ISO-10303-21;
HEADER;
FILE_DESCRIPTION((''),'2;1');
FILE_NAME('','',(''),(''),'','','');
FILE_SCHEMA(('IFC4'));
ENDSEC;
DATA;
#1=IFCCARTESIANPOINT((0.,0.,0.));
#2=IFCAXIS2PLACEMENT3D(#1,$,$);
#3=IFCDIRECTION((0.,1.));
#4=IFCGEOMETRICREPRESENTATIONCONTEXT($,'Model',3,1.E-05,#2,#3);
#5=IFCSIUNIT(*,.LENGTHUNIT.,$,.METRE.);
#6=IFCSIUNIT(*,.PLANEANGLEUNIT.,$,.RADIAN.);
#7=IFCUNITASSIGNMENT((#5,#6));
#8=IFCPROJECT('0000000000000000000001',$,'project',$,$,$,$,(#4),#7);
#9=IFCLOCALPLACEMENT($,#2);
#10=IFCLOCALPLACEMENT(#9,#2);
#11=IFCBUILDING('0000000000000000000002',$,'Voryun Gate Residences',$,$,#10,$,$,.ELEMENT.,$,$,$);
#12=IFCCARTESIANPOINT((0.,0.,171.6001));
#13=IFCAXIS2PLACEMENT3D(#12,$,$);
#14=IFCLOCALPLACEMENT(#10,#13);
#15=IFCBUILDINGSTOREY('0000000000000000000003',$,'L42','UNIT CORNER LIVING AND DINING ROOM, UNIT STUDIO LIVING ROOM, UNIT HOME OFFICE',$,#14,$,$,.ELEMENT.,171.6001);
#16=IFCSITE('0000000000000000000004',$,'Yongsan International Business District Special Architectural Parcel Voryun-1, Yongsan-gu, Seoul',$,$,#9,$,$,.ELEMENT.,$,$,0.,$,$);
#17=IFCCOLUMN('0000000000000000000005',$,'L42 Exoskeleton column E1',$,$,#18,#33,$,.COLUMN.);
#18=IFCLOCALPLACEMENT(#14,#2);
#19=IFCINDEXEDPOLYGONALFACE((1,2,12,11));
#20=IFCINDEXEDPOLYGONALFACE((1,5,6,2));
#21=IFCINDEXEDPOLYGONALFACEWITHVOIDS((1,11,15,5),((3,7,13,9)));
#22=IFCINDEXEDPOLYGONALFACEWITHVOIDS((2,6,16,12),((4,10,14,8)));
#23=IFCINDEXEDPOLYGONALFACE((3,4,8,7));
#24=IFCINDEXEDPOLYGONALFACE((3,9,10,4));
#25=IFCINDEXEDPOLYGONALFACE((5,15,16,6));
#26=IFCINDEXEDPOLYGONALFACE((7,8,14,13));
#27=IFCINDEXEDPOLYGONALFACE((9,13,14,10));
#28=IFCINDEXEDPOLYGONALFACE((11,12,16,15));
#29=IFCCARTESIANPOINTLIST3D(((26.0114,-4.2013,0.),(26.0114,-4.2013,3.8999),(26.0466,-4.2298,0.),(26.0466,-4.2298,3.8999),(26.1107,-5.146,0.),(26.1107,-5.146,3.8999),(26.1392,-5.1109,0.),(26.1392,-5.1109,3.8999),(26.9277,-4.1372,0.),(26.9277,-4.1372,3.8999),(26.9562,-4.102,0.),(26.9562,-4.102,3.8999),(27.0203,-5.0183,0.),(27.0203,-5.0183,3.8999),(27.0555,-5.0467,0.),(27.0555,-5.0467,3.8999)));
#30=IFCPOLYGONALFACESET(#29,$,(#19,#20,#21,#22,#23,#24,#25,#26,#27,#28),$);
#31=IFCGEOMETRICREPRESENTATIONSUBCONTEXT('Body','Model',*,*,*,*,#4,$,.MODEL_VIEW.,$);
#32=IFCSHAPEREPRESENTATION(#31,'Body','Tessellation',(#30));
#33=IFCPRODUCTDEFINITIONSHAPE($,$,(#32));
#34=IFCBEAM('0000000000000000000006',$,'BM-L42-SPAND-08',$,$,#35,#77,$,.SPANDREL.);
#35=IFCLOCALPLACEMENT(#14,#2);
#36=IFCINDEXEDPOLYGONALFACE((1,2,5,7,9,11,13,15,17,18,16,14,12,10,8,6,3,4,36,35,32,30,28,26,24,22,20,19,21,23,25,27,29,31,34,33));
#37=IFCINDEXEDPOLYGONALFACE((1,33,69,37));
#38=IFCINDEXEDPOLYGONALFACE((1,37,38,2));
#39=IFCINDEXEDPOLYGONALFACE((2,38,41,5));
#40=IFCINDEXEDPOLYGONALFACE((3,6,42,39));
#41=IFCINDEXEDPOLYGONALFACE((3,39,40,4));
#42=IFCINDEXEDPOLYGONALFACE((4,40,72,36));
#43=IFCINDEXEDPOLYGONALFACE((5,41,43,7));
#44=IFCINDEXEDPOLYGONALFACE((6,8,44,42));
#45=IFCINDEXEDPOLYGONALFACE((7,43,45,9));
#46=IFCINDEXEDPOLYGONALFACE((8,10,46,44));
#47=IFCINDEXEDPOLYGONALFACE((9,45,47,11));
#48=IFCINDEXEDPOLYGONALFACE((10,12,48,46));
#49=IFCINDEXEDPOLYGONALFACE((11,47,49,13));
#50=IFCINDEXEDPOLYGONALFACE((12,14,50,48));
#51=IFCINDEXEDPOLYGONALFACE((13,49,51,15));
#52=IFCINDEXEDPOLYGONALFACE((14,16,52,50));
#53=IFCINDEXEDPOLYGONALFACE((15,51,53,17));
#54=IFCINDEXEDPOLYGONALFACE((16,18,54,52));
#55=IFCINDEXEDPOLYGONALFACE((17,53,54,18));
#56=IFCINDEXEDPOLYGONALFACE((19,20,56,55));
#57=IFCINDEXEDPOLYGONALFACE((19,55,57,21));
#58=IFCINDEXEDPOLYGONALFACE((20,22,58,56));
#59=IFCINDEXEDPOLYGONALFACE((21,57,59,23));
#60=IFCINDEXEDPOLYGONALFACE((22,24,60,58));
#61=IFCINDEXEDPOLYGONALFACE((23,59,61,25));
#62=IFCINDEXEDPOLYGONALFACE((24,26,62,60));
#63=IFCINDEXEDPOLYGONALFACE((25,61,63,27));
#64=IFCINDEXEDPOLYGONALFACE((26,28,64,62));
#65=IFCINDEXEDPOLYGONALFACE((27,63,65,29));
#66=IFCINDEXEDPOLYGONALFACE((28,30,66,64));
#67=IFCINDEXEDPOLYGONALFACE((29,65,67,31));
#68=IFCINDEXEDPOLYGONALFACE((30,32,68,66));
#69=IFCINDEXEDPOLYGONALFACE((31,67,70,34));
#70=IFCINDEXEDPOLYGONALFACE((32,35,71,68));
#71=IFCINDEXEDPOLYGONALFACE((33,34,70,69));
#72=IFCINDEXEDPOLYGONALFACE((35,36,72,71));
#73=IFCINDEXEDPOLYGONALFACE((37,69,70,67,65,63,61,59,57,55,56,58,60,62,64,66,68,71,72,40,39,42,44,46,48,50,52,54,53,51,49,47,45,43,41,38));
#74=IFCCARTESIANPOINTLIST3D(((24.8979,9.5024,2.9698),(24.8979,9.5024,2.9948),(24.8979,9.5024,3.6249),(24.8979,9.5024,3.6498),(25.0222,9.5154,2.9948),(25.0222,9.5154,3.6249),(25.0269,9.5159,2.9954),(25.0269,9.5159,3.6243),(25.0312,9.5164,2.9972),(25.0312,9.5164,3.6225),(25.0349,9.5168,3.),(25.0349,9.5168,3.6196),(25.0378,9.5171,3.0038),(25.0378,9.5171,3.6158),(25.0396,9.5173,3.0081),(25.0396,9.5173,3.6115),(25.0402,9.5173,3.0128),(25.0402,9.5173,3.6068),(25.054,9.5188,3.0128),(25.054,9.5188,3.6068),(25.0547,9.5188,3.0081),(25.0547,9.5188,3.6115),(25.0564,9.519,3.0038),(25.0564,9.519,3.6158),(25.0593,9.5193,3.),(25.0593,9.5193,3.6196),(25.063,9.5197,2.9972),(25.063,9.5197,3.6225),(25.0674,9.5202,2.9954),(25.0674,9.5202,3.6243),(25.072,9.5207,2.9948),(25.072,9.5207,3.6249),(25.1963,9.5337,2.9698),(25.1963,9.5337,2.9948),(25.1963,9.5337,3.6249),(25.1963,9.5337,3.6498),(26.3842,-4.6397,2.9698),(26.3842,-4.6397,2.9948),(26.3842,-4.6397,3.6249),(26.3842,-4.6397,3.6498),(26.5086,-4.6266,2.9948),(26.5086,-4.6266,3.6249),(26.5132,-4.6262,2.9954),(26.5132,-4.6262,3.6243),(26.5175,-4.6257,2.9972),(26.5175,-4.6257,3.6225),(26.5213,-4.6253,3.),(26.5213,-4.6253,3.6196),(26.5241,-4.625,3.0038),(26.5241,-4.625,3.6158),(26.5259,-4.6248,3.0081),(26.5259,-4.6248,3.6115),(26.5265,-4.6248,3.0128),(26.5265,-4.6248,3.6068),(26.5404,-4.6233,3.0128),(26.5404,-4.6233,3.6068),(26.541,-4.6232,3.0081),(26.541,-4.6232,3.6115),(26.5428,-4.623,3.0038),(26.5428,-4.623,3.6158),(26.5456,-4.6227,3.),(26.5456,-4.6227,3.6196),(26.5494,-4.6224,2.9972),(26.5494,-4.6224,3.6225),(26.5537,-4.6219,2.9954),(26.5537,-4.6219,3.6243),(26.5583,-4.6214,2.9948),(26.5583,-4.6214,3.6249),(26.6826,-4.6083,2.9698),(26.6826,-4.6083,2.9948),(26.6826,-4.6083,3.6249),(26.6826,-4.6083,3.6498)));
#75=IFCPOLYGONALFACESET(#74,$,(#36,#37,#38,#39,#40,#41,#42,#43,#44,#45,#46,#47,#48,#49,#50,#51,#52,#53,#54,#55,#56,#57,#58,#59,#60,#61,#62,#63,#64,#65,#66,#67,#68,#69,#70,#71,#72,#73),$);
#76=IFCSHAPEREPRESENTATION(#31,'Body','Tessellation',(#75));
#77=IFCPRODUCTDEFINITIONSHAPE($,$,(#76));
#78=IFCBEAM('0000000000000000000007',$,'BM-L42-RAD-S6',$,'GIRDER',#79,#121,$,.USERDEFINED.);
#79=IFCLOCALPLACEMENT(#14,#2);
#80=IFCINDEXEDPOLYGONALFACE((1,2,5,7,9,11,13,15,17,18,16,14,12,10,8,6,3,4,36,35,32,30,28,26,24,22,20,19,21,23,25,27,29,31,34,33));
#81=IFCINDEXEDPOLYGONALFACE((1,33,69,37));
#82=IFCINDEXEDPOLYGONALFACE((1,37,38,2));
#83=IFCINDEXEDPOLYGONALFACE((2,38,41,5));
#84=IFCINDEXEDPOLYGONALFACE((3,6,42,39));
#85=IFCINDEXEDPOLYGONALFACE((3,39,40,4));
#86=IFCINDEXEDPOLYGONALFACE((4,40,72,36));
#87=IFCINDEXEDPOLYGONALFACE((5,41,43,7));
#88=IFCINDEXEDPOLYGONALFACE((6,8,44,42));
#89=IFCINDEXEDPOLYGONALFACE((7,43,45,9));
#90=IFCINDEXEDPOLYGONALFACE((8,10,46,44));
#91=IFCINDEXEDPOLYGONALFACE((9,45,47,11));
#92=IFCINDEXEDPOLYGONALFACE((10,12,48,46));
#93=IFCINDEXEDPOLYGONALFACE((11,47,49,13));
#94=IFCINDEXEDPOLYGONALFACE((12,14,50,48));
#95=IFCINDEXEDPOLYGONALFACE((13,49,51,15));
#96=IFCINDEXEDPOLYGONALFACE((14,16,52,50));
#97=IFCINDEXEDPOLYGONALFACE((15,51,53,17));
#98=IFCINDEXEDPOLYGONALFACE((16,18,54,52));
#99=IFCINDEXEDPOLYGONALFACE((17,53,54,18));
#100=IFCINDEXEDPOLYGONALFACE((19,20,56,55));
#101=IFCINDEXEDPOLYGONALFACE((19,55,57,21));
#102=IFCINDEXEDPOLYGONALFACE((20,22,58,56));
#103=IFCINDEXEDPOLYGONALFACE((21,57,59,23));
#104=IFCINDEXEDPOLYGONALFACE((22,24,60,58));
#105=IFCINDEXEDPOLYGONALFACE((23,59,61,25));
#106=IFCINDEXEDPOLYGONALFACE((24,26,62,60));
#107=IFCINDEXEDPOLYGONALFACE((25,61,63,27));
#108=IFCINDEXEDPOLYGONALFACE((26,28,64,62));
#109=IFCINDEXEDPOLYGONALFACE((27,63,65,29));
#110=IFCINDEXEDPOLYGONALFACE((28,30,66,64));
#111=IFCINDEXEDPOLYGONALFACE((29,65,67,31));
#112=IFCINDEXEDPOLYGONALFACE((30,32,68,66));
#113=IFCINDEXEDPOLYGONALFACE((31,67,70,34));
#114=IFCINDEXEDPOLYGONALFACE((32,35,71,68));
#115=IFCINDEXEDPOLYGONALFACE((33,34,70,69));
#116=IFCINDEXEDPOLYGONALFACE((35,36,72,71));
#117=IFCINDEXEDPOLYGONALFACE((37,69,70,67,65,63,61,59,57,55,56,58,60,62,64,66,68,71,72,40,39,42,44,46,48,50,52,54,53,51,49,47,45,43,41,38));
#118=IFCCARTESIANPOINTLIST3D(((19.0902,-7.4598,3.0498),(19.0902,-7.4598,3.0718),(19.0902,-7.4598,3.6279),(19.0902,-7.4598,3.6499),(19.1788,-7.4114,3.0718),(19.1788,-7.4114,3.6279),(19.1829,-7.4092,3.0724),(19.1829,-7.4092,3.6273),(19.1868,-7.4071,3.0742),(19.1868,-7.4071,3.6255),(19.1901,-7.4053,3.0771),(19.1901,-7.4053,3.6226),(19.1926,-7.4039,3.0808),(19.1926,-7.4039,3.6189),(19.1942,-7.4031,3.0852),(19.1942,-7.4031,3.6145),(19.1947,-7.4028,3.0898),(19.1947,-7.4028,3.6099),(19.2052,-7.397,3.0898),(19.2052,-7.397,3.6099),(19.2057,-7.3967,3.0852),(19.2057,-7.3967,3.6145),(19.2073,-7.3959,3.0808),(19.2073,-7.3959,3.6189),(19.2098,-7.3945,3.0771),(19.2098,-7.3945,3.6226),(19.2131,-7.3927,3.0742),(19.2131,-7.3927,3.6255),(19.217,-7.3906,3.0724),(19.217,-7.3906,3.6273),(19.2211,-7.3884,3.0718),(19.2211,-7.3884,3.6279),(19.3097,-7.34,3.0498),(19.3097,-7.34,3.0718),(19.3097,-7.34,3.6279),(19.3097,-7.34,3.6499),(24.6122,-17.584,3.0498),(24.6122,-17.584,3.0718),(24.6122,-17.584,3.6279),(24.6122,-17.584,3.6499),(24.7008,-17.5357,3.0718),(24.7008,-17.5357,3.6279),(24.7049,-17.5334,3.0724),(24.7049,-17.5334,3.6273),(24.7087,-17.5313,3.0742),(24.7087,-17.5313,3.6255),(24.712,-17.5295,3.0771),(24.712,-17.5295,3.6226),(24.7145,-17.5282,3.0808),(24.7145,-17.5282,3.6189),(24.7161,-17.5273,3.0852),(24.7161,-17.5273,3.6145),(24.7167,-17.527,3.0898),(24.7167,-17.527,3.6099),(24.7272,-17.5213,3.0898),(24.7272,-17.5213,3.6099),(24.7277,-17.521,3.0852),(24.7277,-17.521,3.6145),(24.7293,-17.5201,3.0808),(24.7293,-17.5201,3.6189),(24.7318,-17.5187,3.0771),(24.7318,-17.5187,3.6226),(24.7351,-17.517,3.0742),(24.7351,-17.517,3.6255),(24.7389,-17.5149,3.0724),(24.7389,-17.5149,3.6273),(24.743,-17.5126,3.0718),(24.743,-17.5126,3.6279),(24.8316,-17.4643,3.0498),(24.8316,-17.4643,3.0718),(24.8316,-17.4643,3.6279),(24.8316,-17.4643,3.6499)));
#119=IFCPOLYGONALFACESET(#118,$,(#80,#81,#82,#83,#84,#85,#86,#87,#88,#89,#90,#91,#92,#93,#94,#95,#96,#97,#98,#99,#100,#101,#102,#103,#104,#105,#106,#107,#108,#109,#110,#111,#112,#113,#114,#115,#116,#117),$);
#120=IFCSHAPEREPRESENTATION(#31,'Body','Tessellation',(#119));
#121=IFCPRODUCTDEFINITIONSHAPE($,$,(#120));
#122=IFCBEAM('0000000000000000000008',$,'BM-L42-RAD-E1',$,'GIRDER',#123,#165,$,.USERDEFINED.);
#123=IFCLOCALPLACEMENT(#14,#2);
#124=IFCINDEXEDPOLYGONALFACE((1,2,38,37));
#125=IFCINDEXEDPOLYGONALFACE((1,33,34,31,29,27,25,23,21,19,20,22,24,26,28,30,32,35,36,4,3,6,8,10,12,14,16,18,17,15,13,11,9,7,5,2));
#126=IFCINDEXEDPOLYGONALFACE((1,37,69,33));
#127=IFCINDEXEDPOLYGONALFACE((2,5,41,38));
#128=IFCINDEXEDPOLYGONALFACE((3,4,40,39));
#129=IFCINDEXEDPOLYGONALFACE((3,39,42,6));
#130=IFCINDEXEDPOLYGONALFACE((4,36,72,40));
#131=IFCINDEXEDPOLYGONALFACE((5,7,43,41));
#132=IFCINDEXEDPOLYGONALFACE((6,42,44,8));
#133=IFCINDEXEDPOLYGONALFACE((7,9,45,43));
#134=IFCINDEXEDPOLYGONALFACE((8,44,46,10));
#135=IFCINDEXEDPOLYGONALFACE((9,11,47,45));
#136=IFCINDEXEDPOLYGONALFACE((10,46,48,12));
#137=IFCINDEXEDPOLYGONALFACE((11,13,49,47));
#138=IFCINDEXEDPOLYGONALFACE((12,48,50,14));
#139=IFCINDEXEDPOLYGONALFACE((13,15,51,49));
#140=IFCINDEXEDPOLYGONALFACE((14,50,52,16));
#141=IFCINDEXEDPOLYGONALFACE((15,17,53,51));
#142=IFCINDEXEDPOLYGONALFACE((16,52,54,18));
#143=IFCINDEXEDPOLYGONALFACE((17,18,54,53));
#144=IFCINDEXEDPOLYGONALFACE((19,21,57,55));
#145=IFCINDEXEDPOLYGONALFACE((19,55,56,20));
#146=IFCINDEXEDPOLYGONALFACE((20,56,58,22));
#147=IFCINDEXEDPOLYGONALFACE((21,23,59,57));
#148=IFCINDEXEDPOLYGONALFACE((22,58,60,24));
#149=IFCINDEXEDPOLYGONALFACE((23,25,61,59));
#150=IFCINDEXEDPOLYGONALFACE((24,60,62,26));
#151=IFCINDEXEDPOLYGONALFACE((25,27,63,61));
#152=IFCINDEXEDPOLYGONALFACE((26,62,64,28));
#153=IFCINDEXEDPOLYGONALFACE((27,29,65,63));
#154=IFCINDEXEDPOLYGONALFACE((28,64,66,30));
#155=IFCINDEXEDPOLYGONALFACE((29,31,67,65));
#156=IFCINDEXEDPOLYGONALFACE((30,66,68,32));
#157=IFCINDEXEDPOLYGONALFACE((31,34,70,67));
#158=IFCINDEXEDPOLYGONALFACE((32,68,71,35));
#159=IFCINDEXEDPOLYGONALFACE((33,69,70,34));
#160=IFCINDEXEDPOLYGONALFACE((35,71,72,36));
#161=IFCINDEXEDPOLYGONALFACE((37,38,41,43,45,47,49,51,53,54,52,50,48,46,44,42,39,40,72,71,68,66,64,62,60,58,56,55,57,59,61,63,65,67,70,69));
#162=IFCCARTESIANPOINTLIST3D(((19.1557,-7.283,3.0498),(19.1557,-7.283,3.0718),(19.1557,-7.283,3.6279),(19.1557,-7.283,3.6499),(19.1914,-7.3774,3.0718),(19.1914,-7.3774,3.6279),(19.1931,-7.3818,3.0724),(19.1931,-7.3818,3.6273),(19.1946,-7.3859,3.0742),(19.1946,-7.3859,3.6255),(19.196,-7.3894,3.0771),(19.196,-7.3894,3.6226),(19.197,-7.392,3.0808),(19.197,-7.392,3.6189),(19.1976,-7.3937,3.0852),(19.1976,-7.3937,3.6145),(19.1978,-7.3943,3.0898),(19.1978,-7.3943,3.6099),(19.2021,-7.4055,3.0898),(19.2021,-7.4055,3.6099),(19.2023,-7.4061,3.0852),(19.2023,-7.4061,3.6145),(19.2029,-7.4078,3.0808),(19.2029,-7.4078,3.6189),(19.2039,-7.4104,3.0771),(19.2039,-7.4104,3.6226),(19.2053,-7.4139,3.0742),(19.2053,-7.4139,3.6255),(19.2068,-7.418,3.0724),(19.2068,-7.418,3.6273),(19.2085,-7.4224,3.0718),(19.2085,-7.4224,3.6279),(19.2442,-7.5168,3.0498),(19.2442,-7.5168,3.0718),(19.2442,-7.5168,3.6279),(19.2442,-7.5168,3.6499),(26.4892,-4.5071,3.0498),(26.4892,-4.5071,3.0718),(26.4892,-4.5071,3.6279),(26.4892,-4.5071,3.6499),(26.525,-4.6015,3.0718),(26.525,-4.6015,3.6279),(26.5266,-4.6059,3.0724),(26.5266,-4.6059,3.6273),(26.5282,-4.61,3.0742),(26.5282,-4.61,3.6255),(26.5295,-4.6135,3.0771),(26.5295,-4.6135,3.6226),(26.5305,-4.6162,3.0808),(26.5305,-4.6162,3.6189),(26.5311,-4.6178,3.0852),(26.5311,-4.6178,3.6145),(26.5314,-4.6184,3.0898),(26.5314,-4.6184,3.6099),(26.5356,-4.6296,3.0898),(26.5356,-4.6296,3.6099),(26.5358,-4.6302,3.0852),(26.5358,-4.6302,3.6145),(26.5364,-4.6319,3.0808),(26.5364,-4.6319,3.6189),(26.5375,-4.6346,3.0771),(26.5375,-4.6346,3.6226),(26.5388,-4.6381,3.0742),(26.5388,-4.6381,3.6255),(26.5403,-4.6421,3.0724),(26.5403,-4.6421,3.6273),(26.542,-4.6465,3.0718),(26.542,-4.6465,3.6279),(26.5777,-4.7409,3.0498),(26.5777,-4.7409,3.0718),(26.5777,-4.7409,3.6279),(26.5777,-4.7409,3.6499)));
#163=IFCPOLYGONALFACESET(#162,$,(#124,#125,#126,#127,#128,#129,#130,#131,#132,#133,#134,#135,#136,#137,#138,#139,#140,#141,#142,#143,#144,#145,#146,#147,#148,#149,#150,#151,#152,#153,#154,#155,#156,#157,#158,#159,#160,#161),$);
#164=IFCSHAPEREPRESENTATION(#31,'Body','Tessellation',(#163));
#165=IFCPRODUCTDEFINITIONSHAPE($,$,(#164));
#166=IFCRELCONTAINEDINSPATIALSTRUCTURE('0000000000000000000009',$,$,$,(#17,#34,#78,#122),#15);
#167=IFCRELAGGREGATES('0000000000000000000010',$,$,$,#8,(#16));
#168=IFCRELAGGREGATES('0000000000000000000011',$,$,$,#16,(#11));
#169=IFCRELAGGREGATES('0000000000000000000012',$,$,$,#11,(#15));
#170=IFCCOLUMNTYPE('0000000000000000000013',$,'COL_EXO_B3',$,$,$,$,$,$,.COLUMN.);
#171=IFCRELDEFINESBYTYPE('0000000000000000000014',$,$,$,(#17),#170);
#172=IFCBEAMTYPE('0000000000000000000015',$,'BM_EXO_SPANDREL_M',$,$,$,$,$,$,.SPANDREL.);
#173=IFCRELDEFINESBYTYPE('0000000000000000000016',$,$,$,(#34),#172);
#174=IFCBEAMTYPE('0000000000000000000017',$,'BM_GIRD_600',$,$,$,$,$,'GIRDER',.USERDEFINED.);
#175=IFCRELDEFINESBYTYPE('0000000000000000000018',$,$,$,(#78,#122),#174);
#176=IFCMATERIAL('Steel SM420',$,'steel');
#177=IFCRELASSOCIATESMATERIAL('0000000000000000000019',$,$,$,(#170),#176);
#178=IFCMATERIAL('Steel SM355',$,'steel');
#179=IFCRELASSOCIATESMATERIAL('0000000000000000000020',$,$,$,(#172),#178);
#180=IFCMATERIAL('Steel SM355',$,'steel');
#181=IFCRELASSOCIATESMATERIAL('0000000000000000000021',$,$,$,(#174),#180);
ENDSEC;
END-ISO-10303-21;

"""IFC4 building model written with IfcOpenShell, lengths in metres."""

from ifc_helpers import new_model, si_unit, direction, frame, origin, origin_2d, place, context, subcontext, project, spatial, hollow_rectangle, i_section, extrude, material, material_profile, profile_set, type_object, element, save


model = new_model("IFC4")

# Units and contexts
model_context = context("Model", 3, precision=1e-05, world=origin(), true_north=direction((0.0, 1.0)))
body_context = subcontext(model_context, "Body", "Model", "MODEL_VIEW")
ifc_project = project(units=[si_unit("LENGTHUNIT", "METRE"), si_unit("PLANEANGLEUNIT", "RADIAN")], contexts=[model_context])

# Site, building, storey
site_placement = place(None, origin())
site = spatial("IfcSite", under=ifc_project, at=site_placement, Name="Yongsan International Business District Special Architectural Parcel Voryun-1, Yongsan-gu, Seoul", CompositionType="ELEMENT", RefElevation=0.0)
building_placement = place(site_placement, origin())
building = spatial("IfcBuilding", under=site, at=building_placement, Name="Voryun Gate Residences", CompositionType="ELEMENT")
storey_placement = place(building_placement, frame((0.0, 0.0, 171.6001)))
storey = spatial("IfcBuildingStorey", under=building, at=storey_placement, Name="L42", Description="UNIT CORNER LIVING AND DINING ROOM, UNIT STUDIO LIVING ROOM, UNIT HOME OFFICE", CompositionType="ELEMENT", Elevation=171.6001)

# Column
ifc_material_1 = material(Name="Steel SM420", Category="steel")
ifc_material_profile_1 = material_profile(ifc_material_1, hollow_rectangle(XDim=0.95, YDim=0.95, WallThickness=0.032, at=origin_2d()), Name="BOX-950x950x32")
ifc_profile_set_1 = profile_set([ifc_material_profile_1], Name="Steel SM420")
column_type = type_object("IfcColumnType", Name="COL_EXO_B3", PredefinedType="COLUMN", material=ifc_profile_set_1)
column_placement = place(storey_placement, frame((26.5334, -4.624, 0.0), z_axis=(0.0, 0.0, 1.0), x_axis=(0.994522, 0.104528, 0.0)))
element("IfcColumn", 1, at=column_placement, inside=storey, type_object=column_type, Name="L42 Exoskeleton column E1", PredefinedType="COLUMN", context=body_context, shape_type="SweptSolid", body=[
    extrude(hollow_rectangle(XDim=0.95, YDim=0.95, WallThickness=0.032, at=origin_2d()), origin(), (0.0, 0.0, 1.0), 3.8999),
])

# Beams
ifc_material_2 = material(Name="Steel SM355", Category="steel")
ifc_material_profile_2 = material_profile(ifc_material_2, i_section(OverallWidth=0.3, OverallDepth=0.6799, WebThickness=0.0139, FlangeThickness=0.0249, FilletRadius=0.0181, at=origin_2d()), Name="H-680x300x14x25")
ifc_profile_set_2 = profile_set([ifc_material_profile_2], Name="Steel SM355")
beam_type_1 = type_object("IfcBeamType", Name="BM_EXO_SPANDREL_M", PredefinedType="SPANDREL", material=ifc_profile_set_2)
beam_1_placement = place(storey_placement, frame((26.5334, -4.624, 3.3098), z_axis=(-0.104524, 0.994522, 0.0), x_axis=(-0.994522, -0.104524, 0.0)))
element("IfcBeam", 2, at=beam_1_placement, inside=storey, type_object=beam_type_1, Name="BM-L42-SPAND-08", PredefinedType="SPANDREL", context=body_context, shape_type="SweptSolid", body=[
    extrude(i_section(OverallWidth=0.3, OverallDepth=0.6799, WebThickness=0.0139, FlangeThickness=0.0249, FilletRadius=0.0181, at=origin_2d()), origin(), (0.0, 0.0, 1.0), 14.22),
])
ifc_material_3 = material(Name="Steel SM355", Category="steel")
ifc_material_profile_3 = material_profile(ifc_material_3, i_section(OverallWidth=0.25, OverallDepth=0.6001, WebThickness=0.012, FlangeThickness=0.022, FilletRadius=0.0181, at=origin_2d()), Name="H-600x250x12x22")
ifc_profile_set_3 = profile_set([ifc_material_profile_3], Name="Steel SM355")
beam_type_2 = type_object("IfcBeamType", Name="BM_GIRD_600", ElementType="GIRDER", PredefinedType="USERDEFINED", material=ifc_profile_set_3)
beam_2_placement = place(storey_placement, frame((19.2, -7.3999, 3.3499), z_axis=(0.478828, -0.877909, 0.0), x_axis=(0.877909, 0.478828, 0.0)))
element("IfcBeam", 3, at=beam_2_placement, inside=storey, type_object=beam_type_2, Name="BM-L42-RAD-S6", ObjectType="GIRDER", PredefinedType="USERDEFINED", context=body_context, shape_type="SweptSolid", body=[
    extrude(i_section(OverallWidth=0.25, OverallDepth=0.6001, WebThickness=0.012, FlangeThickness=0.022, FilletRadius=0.0181, at=origin_2d()), origin(), (0.0, 0.0, 1.0), 11.5322),
])
beam_3_placement = place(storey_placement, frame((19.2, -7.3999, 3.3499), z_axis=(0.935242, 0.354008, 0.0), x_axis=(-0.354008, 0.935242, 0.0)))
element("IfcBeam", 4, at=beam_3_placement, inside=storey, type_object=beam_type_2, Name="BM-L42-RAD-E1", ObjectType="GIRDER", PredefinedType="USERDEFINED", context=body_context, shape_type="SweptSolid", body=[
    extrude(i_section(OverallWidth=0.25, OverallDepth=0.6001, WebThickness=0.012, FlangeThickness=0.022, FilletRadius=0.0181, at=origin_2d()), origin(), (0.0, 0.0, 1.0), 7.8413),
])

save(model, "model.ifc")
